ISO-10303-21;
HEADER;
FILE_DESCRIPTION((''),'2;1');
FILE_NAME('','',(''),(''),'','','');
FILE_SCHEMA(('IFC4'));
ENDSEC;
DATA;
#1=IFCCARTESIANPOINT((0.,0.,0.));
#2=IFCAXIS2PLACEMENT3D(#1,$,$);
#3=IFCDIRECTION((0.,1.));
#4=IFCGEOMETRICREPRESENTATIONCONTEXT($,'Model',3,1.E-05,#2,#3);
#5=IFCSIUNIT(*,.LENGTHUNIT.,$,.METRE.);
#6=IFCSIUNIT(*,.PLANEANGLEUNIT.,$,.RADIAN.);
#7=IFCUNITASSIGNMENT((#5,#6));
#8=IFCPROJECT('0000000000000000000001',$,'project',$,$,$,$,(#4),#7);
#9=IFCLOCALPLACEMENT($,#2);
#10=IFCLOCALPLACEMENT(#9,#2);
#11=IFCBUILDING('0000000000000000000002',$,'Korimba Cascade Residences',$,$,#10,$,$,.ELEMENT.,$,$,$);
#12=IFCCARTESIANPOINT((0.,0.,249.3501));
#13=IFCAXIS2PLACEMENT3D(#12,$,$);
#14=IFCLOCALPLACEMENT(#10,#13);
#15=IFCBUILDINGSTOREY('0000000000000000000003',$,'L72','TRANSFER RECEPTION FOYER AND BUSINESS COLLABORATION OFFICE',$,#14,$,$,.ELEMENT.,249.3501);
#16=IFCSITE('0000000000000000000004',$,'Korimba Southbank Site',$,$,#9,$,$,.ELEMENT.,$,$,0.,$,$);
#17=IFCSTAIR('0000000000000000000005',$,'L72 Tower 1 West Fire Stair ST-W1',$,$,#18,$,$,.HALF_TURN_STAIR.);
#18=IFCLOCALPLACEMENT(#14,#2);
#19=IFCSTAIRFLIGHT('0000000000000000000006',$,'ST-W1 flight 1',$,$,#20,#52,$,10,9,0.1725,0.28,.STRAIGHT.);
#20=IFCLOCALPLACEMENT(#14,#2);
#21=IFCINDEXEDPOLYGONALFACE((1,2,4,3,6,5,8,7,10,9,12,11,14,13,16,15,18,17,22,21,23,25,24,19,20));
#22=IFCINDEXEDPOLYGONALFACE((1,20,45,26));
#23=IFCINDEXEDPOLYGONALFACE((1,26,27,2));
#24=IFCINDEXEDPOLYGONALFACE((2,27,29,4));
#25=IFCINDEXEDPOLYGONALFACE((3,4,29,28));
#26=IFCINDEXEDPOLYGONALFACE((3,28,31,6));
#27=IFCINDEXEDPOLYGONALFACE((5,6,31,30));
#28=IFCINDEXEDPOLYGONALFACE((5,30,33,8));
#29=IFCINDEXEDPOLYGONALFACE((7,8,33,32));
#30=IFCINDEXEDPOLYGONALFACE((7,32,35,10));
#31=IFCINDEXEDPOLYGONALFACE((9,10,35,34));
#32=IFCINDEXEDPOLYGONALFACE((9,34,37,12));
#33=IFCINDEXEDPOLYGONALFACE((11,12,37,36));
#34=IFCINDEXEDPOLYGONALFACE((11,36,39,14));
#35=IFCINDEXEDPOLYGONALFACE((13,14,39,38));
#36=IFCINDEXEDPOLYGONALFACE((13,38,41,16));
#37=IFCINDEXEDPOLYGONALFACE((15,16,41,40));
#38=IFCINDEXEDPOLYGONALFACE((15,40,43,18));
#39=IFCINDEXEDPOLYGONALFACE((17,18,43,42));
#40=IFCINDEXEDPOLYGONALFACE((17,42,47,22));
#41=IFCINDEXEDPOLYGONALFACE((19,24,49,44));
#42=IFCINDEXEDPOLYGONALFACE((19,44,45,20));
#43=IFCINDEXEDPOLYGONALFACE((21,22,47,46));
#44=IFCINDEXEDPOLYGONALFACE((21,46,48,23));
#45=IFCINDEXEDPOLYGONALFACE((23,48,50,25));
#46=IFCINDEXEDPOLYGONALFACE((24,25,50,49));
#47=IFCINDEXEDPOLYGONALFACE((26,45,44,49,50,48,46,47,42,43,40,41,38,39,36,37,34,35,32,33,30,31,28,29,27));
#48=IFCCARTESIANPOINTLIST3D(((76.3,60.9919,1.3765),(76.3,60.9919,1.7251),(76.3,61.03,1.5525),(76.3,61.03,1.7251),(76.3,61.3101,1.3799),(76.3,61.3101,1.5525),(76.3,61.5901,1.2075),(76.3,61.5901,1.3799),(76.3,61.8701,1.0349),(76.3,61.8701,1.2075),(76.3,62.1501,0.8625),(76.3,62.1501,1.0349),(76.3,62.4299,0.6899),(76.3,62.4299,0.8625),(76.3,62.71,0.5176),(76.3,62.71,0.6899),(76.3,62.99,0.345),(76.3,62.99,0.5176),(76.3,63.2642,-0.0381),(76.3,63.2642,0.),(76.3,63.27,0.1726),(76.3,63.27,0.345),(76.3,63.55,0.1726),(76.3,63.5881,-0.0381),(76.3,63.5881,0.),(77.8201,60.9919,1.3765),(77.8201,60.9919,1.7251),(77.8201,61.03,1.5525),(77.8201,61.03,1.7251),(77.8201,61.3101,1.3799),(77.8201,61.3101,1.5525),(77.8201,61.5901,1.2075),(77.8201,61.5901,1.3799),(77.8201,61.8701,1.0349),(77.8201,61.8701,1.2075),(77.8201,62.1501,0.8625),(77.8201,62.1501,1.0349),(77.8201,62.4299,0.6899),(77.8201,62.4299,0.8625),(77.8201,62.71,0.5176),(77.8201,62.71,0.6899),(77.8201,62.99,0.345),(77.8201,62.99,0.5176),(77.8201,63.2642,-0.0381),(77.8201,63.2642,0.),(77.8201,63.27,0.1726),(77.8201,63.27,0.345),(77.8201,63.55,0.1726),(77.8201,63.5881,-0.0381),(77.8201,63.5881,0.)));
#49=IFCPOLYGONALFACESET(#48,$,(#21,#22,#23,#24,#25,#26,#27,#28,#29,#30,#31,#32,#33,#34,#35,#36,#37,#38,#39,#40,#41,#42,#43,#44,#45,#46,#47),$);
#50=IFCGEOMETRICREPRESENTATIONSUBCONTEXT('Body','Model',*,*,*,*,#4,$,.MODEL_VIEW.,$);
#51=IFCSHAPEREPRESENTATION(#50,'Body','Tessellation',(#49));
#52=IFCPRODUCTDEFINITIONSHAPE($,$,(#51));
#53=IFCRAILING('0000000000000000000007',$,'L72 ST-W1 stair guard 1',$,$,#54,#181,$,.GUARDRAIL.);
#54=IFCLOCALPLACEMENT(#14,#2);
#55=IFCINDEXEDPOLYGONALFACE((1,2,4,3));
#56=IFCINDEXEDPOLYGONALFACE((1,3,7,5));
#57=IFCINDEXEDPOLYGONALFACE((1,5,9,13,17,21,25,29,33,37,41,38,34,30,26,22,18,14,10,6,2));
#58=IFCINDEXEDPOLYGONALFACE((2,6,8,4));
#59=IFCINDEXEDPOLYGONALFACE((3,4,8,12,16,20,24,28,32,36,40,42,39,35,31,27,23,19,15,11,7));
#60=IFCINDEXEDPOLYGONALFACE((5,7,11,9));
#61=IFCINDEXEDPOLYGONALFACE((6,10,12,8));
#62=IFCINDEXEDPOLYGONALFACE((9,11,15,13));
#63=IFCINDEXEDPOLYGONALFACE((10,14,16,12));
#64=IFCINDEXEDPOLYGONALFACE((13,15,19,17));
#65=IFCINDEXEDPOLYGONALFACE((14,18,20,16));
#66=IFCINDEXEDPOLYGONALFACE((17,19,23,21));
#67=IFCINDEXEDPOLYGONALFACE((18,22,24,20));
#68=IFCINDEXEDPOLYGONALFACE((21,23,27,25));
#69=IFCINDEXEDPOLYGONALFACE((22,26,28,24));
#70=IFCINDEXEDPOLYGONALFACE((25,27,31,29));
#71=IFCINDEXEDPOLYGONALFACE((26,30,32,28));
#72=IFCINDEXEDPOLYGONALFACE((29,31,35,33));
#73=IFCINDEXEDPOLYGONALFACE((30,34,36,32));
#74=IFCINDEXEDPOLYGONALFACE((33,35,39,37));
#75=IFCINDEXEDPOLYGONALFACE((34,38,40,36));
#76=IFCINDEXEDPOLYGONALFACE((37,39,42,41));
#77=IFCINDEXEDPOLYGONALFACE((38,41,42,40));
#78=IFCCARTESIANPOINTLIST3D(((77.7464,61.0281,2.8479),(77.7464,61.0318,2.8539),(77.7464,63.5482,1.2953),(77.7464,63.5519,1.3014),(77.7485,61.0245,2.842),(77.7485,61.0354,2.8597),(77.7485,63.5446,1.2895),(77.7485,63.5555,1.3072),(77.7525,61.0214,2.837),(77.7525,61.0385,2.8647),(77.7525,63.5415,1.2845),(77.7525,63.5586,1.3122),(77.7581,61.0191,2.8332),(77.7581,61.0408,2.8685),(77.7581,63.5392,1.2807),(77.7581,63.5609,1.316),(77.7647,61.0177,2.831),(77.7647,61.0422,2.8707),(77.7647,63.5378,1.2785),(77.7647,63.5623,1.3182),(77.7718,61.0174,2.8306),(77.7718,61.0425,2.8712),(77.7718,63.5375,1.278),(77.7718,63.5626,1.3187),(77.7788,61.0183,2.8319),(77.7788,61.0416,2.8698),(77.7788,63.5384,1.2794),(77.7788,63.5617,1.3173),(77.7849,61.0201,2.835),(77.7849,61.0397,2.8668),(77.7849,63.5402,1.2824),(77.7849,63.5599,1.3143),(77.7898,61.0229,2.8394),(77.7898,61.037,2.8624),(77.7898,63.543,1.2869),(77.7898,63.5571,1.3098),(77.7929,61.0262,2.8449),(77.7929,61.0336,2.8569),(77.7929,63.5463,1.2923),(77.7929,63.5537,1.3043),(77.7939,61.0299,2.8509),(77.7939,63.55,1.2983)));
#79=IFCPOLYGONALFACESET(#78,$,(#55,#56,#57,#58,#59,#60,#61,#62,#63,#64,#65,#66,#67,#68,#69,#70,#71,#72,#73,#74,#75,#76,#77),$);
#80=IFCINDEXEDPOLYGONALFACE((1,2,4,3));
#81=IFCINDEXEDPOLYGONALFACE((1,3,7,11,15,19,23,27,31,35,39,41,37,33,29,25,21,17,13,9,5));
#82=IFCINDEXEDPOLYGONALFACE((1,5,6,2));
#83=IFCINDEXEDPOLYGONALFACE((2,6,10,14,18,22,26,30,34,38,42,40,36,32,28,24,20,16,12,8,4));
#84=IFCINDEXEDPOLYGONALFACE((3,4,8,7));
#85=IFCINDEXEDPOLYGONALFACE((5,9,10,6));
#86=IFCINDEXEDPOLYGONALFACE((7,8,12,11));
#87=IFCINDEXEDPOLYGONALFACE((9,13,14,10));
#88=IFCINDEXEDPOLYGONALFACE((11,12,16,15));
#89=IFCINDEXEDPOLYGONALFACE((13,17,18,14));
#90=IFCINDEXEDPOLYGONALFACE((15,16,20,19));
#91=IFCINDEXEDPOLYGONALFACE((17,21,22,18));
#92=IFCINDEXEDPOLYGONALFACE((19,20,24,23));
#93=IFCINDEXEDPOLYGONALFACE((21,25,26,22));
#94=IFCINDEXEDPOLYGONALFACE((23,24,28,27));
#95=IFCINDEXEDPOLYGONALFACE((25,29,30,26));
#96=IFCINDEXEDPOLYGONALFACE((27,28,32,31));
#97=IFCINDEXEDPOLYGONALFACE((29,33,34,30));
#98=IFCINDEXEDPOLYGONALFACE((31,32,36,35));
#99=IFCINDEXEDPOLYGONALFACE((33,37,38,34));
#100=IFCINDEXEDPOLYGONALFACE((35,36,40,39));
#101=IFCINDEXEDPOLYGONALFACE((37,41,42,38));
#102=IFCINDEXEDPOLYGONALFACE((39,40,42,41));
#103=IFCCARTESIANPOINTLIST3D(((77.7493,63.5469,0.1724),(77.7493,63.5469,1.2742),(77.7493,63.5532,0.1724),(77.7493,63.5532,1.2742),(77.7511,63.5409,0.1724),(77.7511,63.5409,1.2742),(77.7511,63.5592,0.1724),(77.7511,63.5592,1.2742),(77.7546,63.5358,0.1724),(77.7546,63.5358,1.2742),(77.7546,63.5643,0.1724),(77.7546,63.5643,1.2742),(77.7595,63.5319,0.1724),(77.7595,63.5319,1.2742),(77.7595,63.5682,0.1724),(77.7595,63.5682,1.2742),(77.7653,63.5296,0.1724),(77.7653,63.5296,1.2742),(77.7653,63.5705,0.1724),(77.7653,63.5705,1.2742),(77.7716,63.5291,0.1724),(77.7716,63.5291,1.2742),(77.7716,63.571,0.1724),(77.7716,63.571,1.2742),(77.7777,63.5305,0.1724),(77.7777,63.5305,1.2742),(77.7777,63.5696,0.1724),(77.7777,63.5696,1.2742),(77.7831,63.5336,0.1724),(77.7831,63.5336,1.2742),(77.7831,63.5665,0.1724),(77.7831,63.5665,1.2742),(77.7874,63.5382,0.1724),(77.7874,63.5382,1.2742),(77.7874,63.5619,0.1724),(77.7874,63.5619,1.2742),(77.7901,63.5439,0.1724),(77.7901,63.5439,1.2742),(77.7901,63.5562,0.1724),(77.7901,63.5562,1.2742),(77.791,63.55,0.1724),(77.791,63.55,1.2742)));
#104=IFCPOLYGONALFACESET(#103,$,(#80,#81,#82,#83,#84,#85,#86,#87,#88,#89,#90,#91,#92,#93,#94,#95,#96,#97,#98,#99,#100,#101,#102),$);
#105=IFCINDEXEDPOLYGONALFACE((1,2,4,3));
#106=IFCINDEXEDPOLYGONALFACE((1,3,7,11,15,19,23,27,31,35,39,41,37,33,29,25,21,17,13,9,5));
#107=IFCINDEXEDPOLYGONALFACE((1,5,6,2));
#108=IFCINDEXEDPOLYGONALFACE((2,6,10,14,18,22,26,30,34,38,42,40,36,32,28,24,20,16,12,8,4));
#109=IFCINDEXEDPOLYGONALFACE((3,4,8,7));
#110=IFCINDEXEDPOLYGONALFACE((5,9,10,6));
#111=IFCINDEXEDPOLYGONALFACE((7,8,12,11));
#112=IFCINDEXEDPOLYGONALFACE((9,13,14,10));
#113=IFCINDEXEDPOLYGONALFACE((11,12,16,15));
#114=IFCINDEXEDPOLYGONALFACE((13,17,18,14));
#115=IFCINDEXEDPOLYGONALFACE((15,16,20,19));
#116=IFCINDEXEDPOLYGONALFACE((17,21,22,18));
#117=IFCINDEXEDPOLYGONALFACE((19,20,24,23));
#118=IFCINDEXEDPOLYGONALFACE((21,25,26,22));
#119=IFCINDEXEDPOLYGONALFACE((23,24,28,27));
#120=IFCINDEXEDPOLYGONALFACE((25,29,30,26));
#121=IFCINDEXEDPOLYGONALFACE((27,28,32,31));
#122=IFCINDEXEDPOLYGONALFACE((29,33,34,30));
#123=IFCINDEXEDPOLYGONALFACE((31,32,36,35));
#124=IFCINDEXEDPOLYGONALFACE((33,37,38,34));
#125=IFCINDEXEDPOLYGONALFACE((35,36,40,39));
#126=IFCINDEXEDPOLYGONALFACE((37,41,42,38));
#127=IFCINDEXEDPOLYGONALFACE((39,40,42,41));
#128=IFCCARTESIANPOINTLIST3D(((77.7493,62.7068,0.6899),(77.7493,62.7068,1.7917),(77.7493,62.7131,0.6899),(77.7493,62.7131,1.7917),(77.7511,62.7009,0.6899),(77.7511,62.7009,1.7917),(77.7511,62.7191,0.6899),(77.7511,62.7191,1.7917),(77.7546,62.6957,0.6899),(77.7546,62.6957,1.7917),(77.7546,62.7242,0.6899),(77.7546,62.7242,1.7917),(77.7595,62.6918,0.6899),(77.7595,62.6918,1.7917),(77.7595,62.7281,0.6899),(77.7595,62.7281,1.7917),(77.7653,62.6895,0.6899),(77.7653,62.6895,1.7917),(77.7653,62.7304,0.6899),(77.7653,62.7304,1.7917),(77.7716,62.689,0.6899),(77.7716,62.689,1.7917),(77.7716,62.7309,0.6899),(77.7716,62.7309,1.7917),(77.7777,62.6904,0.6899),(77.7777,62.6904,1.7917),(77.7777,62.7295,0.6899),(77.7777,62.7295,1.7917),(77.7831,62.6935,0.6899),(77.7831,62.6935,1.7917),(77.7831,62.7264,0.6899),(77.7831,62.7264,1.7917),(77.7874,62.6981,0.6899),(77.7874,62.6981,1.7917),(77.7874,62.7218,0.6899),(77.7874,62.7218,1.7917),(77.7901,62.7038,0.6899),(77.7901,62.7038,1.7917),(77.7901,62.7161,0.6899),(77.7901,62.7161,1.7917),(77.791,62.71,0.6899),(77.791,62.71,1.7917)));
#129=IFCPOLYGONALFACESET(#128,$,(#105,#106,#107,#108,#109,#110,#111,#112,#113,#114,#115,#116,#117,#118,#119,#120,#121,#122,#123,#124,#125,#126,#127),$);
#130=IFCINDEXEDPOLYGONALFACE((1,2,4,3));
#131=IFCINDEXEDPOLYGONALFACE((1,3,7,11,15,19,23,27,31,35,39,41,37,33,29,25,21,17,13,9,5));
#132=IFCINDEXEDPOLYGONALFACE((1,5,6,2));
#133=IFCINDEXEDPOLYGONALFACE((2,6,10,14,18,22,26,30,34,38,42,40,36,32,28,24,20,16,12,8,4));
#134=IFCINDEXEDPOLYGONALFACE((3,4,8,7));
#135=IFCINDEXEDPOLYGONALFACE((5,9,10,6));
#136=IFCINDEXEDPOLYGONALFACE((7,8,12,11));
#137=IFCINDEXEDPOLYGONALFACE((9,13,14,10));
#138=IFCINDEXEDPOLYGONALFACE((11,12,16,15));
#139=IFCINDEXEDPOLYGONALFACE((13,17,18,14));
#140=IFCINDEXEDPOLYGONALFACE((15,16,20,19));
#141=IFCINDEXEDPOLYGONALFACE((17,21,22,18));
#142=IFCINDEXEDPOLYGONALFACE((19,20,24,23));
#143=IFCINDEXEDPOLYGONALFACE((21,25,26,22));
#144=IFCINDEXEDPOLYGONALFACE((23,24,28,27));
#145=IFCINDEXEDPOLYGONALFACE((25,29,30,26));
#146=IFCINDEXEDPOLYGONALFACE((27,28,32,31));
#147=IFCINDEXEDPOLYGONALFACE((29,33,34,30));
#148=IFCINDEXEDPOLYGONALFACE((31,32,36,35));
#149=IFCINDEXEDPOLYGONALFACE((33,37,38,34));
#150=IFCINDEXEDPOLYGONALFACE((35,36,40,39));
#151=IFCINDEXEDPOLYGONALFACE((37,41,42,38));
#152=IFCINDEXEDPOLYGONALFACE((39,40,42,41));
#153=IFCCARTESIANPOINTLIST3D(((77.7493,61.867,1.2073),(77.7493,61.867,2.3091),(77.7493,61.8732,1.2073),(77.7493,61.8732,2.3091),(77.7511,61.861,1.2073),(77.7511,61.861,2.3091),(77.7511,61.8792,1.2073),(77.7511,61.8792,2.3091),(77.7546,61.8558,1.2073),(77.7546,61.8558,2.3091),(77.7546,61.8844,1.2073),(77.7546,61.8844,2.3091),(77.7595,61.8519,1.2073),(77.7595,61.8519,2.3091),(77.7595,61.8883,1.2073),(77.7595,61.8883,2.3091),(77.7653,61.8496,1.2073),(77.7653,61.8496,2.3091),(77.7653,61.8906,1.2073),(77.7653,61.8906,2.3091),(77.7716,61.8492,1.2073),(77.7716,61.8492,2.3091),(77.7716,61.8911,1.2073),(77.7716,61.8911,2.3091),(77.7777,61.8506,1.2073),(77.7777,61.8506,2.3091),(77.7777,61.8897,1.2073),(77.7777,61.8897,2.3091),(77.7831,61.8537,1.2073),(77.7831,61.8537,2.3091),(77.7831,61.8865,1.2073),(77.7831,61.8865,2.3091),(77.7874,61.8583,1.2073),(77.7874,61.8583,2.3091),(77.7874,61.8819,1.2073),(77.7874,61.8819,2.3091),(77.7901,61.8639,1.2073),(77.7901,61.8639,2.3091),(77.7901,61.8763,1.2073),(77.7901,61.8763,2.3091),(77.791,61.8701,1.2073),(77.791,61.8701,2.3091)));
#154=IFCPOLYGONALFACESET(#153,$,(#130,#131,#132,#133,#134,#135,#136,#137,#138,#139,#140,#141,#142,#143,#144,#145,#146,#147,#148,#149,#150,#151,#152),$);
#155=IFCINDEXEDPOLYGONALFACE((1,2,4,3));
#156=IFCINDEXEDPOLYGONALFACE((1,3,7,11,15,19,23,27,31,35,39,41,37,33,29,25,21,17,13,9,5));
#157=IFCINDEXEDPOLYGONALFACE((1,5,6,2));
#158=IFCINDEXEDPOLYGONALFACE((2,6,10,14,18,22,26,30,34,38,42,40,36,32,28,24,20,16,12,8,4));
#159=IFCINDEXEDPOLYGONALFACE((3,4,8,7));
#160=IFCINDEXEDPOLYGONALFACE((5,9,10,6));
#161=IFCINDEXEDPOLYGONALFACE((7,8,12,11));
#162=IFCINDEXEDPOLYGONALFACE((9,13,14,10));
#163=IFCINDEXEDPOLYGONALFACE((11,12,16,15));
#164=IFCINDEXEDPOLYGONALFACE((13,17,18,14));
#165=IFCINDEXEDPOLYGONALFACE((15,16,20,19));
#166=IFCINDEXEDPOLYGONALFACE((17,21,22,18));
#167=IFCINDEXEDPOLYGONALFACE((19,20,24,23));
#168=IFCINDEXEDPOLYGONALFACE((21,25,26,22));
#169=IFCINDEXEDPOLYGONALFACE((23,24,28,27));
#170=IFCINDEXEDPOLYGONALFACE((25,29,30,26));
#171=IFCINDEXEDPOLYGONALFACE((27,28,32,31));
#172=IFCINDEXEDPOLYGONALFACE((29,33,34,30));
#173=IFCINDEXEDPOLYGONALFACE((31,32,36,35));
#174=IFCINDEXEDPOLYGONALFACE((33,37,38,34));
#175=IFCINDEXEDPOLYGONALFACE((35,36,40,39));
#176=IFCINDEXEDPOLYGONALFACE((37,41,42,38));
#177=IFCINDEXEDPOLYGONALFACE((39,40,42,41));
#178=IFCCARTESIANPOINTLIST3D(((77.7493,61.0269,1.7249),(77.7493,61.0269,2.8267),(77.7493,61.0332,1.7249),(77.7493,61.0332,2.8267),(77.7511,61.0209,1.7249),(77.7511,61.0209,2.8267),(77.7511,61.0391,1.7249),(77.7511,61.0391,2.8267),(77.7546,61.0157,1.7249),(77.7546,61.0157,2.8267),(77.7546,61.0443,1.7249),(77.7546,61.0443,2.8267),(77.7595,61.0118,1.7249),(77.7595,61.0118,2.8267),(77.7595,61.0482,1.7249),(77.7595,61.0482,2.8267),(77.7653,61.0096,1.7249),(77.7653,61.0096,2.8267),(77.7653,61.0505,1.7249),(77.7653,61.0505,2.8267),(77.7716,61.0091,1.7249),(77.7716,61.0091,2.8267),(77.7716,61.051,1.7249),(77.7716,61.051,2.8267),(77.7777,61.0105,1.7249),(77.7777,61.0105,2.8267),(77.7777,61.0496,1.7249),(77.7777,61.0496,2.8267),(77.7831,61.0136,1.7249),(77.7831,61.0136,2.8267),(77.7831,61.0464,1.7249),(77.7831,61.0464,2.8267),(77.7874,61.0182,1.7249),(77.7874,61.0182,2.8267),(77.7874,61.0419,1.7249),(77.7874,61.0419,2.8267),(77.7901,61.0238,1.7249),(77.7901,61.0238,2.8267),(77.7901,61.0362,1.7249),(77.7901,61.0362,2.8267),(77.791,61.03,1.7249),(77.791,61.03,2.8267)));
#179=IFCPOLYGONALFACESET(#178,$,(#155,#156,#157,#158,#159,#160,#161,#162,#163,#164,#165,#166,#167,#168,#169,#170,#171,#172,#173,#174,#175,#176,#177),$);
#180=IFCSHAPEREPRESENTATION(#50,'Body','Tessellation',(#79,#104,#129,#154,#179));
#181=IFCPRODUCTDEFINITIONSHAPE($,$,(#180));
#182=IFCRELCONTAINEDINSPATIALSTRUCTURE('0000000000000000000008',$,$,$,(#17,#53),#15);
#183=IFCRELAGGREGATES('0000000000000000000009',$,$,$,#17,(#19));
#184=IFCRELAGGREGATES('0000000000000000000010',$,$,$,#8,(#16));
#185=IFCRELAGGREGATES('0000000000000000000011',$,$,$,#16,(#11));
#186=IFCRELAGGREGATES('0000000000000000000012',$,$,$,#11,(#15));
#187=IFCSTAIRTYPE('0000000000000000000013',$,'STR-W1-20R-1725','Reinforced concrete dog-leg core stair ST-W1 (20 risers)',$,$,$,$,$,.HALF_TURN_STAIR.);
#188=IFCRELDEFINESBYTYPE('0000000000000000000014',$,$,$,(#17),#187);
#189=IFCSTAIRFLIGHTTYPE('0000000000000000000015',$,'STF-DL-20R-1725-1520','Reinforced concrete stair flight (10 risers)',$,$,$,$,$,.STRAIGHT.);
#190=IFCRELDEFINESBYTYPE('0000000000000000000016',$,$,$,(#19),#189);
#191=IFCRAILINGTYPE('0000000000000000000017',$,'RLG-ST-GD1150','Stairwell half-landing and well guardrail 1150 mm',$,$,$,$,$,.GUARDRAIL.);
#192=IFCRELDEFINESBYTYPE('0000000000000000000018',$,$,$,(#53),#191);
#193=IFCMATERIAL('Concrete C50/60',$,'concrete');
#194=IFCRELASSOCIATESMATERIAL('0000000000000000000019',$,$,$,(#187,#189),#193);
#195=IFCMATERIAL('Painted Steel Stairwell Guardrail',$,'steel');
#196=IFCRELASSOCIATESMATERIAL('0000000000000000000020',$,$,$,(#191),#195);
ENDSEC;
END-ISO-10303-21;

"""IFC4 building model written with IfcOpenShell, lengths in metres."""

from ifc_helpers import new_model, si_unit, direction, frame, origin, origin_2d, place, context, subcontext, project, spatial, polyline, circle, outline, extrude, material, type_object, element, aggregate, save


model = new_model("IFC4")

# Units and contexts
model_context = context("Model", 3, precision=1e-05, world=origin(), true_north=direction((0.0, 1.0)))
body_context = subcontext(model_context, "Body", "Model", "MODEL_VIEW")
ifc_project = project(units=[si_unit("LENGTHUNIT", "METRE"), si_unit("PLANEANGLEUNIT", "RADIAN")], contexts=[model_context])

# Site, building, storey
site_placement = place(None, origin())
site = spatial("IfcSite", under=ifc_project, at=site_placement, Name="Korimba Southbank Site", CompositionType="ELEMENT", RefElevation=0.0)
building_placement = place(site_placement, origin())
building = spatial("IfcBuilding", under=site, at=building_placement, Name="Korimba Cascade Residences", CompositionType="ELEMENT")
storey_placement = place(building_placement, frame((0.0, 0.0, 249.3501)))
storey = spatial("IfcBuildingStorey", under=building, at=storey_placement, Name="L72", Description="TRANSFER RECEPTION FOYER AND BUSINESS COLLABORATION OFFICE", CompositionType="ELEMENT", Elevation=249.3501)

# Shared definitions
ifc_material_1 = material(Name="Concrete C50/60", Category="concrete")

# Stair, stair flight
stair_type = type_object("IfcStairType", Name="STR-W1-20R-1725", Description="Reinforced concrete dog-leg core stair ST-W1 (20 risers)", PredefinedType="HALF_TURN_STAIR", material=ifc_material_1)
stair_placement = place(storey_placement, origin())
stair = element("IfcStair", 1, at=stair_placement, inside=storey, type_object=stair_type, Name="L72 Tower 1 West Fire Stair ST-W1", PredefinedType="HALF_TURN_STAIR")
stair_flight_type = type_object("IfcStairFlightType", Name="STF-DL-20R-1725-1520", Description="Reinforced concrete stair flight (10 risers)", PredefinedType="STRAIGHT", material=ifc_material_1)
stair_flight_placement = place(storey_placement, frame((77.0601, 63.55, 0.0), z_axis=(0.0, 0.0, 1.0), x_axis=(0.0, -1.0, 0.0)))
stair_flight = element("IfcStairFlight", 2, at=stair_flight_placement, type_object=stair_flight_type, Name="ST-W1 flight 1", NumberOfRisers=10, NumberOfTreads=9, PredefinedType="STRAIGHT", RiserHeight=0.1725, TreadLength=0.28, context=body_context, shape_type="SweptSolid", body=[
    extrude(outline(polyline([(-0.0381, 0.0), (0.0, 0.1726), (0.28, 0.1726), (0.28, 0.345), (0.5601, 0.345), (0.5601, 0.5176), (0.8401, 0.5176), (0.8401, 0.6899), (1.1201, 0.6899), (1.1201, 0.8625), (1.3999, 0.8625), (1.3999, 1.0349), (1.6799, 1.0349), (1.6799, 1.2075), (1.96, 1.2075), (1.96, 1.3799), (2.24, 1.3799), (2.24, 1.5525), (2.52, 1.5525), (2.52, 1.7251), (2.5581, 1.7251), (2.5581, 1.3765), (0.2859, 0.0), (0.2859, -0.0381), (-0.0381, -0.0381), (-0.0381, 0.0)])), frame((0.0, 0.76, 0.0), z_axis=(0.0, -1.0, 0.0), x_axis=(1.0, 0.0, 0.0)), (0.0, 0.0, 1.0), 1.52),
])
aggregate(stair, [stair_flight])

# Railing
ifc_material_2 = material(Name="Painted Steel Stairwell Guardrail", Category="steel")
railing_type_1 = type_object("IfcRailingType", Name="RLG-ST-GD1150", Description="Stairwell half-landing and well guardrail 1150 mm", PredefinedType="GUARDRAIL", material=ifc_material_2)
railing_1_placement = place(storey_placement, frame((77.77, 63.55, 0.1724)))
element("IfcRailing", 3, at=railing_1_placement, inside=storey, type_object=railing_type_1, Name="L72 ST-W1 stair guard 1", PredefinedType="GUARDRAIL", context=body_context, shape_type="SweptSolid", body=[
    extrude(circle(Radius=0.0239, at=origin_2d()), frame((0.0, 0.0, 1.126), z_axis=(0.0, -0.8514, 0.524516), x_axis=(1.0, 0.0, 0.0)), (0.0, 0.0, 1.0), 2.96),
    extrude(circle(Radius=0.021, at=origin_2d()), origin(), (0.0, 0.0, 1.0), 1.1018),
    extrude(circle(Radius=0.021, at=origin_2d()), frame((0.0, -0.8401, 0.5176)), (0.0, 0.0, 1.0), 1.1018),
    extrude(circle(Radius=0.021, at=origin_2d()), frame((0.0, -1.6799, 1.0349)), (0.0, 0.0, 1.0), 1.1018),
    extrude(circle(Radius=0.021, at=origin_2d()), frame((0.0, -2.52, 1.5525)), (0.0, 0.0, 1.0), 1.1018),
])

save(model, "model.ifc")
